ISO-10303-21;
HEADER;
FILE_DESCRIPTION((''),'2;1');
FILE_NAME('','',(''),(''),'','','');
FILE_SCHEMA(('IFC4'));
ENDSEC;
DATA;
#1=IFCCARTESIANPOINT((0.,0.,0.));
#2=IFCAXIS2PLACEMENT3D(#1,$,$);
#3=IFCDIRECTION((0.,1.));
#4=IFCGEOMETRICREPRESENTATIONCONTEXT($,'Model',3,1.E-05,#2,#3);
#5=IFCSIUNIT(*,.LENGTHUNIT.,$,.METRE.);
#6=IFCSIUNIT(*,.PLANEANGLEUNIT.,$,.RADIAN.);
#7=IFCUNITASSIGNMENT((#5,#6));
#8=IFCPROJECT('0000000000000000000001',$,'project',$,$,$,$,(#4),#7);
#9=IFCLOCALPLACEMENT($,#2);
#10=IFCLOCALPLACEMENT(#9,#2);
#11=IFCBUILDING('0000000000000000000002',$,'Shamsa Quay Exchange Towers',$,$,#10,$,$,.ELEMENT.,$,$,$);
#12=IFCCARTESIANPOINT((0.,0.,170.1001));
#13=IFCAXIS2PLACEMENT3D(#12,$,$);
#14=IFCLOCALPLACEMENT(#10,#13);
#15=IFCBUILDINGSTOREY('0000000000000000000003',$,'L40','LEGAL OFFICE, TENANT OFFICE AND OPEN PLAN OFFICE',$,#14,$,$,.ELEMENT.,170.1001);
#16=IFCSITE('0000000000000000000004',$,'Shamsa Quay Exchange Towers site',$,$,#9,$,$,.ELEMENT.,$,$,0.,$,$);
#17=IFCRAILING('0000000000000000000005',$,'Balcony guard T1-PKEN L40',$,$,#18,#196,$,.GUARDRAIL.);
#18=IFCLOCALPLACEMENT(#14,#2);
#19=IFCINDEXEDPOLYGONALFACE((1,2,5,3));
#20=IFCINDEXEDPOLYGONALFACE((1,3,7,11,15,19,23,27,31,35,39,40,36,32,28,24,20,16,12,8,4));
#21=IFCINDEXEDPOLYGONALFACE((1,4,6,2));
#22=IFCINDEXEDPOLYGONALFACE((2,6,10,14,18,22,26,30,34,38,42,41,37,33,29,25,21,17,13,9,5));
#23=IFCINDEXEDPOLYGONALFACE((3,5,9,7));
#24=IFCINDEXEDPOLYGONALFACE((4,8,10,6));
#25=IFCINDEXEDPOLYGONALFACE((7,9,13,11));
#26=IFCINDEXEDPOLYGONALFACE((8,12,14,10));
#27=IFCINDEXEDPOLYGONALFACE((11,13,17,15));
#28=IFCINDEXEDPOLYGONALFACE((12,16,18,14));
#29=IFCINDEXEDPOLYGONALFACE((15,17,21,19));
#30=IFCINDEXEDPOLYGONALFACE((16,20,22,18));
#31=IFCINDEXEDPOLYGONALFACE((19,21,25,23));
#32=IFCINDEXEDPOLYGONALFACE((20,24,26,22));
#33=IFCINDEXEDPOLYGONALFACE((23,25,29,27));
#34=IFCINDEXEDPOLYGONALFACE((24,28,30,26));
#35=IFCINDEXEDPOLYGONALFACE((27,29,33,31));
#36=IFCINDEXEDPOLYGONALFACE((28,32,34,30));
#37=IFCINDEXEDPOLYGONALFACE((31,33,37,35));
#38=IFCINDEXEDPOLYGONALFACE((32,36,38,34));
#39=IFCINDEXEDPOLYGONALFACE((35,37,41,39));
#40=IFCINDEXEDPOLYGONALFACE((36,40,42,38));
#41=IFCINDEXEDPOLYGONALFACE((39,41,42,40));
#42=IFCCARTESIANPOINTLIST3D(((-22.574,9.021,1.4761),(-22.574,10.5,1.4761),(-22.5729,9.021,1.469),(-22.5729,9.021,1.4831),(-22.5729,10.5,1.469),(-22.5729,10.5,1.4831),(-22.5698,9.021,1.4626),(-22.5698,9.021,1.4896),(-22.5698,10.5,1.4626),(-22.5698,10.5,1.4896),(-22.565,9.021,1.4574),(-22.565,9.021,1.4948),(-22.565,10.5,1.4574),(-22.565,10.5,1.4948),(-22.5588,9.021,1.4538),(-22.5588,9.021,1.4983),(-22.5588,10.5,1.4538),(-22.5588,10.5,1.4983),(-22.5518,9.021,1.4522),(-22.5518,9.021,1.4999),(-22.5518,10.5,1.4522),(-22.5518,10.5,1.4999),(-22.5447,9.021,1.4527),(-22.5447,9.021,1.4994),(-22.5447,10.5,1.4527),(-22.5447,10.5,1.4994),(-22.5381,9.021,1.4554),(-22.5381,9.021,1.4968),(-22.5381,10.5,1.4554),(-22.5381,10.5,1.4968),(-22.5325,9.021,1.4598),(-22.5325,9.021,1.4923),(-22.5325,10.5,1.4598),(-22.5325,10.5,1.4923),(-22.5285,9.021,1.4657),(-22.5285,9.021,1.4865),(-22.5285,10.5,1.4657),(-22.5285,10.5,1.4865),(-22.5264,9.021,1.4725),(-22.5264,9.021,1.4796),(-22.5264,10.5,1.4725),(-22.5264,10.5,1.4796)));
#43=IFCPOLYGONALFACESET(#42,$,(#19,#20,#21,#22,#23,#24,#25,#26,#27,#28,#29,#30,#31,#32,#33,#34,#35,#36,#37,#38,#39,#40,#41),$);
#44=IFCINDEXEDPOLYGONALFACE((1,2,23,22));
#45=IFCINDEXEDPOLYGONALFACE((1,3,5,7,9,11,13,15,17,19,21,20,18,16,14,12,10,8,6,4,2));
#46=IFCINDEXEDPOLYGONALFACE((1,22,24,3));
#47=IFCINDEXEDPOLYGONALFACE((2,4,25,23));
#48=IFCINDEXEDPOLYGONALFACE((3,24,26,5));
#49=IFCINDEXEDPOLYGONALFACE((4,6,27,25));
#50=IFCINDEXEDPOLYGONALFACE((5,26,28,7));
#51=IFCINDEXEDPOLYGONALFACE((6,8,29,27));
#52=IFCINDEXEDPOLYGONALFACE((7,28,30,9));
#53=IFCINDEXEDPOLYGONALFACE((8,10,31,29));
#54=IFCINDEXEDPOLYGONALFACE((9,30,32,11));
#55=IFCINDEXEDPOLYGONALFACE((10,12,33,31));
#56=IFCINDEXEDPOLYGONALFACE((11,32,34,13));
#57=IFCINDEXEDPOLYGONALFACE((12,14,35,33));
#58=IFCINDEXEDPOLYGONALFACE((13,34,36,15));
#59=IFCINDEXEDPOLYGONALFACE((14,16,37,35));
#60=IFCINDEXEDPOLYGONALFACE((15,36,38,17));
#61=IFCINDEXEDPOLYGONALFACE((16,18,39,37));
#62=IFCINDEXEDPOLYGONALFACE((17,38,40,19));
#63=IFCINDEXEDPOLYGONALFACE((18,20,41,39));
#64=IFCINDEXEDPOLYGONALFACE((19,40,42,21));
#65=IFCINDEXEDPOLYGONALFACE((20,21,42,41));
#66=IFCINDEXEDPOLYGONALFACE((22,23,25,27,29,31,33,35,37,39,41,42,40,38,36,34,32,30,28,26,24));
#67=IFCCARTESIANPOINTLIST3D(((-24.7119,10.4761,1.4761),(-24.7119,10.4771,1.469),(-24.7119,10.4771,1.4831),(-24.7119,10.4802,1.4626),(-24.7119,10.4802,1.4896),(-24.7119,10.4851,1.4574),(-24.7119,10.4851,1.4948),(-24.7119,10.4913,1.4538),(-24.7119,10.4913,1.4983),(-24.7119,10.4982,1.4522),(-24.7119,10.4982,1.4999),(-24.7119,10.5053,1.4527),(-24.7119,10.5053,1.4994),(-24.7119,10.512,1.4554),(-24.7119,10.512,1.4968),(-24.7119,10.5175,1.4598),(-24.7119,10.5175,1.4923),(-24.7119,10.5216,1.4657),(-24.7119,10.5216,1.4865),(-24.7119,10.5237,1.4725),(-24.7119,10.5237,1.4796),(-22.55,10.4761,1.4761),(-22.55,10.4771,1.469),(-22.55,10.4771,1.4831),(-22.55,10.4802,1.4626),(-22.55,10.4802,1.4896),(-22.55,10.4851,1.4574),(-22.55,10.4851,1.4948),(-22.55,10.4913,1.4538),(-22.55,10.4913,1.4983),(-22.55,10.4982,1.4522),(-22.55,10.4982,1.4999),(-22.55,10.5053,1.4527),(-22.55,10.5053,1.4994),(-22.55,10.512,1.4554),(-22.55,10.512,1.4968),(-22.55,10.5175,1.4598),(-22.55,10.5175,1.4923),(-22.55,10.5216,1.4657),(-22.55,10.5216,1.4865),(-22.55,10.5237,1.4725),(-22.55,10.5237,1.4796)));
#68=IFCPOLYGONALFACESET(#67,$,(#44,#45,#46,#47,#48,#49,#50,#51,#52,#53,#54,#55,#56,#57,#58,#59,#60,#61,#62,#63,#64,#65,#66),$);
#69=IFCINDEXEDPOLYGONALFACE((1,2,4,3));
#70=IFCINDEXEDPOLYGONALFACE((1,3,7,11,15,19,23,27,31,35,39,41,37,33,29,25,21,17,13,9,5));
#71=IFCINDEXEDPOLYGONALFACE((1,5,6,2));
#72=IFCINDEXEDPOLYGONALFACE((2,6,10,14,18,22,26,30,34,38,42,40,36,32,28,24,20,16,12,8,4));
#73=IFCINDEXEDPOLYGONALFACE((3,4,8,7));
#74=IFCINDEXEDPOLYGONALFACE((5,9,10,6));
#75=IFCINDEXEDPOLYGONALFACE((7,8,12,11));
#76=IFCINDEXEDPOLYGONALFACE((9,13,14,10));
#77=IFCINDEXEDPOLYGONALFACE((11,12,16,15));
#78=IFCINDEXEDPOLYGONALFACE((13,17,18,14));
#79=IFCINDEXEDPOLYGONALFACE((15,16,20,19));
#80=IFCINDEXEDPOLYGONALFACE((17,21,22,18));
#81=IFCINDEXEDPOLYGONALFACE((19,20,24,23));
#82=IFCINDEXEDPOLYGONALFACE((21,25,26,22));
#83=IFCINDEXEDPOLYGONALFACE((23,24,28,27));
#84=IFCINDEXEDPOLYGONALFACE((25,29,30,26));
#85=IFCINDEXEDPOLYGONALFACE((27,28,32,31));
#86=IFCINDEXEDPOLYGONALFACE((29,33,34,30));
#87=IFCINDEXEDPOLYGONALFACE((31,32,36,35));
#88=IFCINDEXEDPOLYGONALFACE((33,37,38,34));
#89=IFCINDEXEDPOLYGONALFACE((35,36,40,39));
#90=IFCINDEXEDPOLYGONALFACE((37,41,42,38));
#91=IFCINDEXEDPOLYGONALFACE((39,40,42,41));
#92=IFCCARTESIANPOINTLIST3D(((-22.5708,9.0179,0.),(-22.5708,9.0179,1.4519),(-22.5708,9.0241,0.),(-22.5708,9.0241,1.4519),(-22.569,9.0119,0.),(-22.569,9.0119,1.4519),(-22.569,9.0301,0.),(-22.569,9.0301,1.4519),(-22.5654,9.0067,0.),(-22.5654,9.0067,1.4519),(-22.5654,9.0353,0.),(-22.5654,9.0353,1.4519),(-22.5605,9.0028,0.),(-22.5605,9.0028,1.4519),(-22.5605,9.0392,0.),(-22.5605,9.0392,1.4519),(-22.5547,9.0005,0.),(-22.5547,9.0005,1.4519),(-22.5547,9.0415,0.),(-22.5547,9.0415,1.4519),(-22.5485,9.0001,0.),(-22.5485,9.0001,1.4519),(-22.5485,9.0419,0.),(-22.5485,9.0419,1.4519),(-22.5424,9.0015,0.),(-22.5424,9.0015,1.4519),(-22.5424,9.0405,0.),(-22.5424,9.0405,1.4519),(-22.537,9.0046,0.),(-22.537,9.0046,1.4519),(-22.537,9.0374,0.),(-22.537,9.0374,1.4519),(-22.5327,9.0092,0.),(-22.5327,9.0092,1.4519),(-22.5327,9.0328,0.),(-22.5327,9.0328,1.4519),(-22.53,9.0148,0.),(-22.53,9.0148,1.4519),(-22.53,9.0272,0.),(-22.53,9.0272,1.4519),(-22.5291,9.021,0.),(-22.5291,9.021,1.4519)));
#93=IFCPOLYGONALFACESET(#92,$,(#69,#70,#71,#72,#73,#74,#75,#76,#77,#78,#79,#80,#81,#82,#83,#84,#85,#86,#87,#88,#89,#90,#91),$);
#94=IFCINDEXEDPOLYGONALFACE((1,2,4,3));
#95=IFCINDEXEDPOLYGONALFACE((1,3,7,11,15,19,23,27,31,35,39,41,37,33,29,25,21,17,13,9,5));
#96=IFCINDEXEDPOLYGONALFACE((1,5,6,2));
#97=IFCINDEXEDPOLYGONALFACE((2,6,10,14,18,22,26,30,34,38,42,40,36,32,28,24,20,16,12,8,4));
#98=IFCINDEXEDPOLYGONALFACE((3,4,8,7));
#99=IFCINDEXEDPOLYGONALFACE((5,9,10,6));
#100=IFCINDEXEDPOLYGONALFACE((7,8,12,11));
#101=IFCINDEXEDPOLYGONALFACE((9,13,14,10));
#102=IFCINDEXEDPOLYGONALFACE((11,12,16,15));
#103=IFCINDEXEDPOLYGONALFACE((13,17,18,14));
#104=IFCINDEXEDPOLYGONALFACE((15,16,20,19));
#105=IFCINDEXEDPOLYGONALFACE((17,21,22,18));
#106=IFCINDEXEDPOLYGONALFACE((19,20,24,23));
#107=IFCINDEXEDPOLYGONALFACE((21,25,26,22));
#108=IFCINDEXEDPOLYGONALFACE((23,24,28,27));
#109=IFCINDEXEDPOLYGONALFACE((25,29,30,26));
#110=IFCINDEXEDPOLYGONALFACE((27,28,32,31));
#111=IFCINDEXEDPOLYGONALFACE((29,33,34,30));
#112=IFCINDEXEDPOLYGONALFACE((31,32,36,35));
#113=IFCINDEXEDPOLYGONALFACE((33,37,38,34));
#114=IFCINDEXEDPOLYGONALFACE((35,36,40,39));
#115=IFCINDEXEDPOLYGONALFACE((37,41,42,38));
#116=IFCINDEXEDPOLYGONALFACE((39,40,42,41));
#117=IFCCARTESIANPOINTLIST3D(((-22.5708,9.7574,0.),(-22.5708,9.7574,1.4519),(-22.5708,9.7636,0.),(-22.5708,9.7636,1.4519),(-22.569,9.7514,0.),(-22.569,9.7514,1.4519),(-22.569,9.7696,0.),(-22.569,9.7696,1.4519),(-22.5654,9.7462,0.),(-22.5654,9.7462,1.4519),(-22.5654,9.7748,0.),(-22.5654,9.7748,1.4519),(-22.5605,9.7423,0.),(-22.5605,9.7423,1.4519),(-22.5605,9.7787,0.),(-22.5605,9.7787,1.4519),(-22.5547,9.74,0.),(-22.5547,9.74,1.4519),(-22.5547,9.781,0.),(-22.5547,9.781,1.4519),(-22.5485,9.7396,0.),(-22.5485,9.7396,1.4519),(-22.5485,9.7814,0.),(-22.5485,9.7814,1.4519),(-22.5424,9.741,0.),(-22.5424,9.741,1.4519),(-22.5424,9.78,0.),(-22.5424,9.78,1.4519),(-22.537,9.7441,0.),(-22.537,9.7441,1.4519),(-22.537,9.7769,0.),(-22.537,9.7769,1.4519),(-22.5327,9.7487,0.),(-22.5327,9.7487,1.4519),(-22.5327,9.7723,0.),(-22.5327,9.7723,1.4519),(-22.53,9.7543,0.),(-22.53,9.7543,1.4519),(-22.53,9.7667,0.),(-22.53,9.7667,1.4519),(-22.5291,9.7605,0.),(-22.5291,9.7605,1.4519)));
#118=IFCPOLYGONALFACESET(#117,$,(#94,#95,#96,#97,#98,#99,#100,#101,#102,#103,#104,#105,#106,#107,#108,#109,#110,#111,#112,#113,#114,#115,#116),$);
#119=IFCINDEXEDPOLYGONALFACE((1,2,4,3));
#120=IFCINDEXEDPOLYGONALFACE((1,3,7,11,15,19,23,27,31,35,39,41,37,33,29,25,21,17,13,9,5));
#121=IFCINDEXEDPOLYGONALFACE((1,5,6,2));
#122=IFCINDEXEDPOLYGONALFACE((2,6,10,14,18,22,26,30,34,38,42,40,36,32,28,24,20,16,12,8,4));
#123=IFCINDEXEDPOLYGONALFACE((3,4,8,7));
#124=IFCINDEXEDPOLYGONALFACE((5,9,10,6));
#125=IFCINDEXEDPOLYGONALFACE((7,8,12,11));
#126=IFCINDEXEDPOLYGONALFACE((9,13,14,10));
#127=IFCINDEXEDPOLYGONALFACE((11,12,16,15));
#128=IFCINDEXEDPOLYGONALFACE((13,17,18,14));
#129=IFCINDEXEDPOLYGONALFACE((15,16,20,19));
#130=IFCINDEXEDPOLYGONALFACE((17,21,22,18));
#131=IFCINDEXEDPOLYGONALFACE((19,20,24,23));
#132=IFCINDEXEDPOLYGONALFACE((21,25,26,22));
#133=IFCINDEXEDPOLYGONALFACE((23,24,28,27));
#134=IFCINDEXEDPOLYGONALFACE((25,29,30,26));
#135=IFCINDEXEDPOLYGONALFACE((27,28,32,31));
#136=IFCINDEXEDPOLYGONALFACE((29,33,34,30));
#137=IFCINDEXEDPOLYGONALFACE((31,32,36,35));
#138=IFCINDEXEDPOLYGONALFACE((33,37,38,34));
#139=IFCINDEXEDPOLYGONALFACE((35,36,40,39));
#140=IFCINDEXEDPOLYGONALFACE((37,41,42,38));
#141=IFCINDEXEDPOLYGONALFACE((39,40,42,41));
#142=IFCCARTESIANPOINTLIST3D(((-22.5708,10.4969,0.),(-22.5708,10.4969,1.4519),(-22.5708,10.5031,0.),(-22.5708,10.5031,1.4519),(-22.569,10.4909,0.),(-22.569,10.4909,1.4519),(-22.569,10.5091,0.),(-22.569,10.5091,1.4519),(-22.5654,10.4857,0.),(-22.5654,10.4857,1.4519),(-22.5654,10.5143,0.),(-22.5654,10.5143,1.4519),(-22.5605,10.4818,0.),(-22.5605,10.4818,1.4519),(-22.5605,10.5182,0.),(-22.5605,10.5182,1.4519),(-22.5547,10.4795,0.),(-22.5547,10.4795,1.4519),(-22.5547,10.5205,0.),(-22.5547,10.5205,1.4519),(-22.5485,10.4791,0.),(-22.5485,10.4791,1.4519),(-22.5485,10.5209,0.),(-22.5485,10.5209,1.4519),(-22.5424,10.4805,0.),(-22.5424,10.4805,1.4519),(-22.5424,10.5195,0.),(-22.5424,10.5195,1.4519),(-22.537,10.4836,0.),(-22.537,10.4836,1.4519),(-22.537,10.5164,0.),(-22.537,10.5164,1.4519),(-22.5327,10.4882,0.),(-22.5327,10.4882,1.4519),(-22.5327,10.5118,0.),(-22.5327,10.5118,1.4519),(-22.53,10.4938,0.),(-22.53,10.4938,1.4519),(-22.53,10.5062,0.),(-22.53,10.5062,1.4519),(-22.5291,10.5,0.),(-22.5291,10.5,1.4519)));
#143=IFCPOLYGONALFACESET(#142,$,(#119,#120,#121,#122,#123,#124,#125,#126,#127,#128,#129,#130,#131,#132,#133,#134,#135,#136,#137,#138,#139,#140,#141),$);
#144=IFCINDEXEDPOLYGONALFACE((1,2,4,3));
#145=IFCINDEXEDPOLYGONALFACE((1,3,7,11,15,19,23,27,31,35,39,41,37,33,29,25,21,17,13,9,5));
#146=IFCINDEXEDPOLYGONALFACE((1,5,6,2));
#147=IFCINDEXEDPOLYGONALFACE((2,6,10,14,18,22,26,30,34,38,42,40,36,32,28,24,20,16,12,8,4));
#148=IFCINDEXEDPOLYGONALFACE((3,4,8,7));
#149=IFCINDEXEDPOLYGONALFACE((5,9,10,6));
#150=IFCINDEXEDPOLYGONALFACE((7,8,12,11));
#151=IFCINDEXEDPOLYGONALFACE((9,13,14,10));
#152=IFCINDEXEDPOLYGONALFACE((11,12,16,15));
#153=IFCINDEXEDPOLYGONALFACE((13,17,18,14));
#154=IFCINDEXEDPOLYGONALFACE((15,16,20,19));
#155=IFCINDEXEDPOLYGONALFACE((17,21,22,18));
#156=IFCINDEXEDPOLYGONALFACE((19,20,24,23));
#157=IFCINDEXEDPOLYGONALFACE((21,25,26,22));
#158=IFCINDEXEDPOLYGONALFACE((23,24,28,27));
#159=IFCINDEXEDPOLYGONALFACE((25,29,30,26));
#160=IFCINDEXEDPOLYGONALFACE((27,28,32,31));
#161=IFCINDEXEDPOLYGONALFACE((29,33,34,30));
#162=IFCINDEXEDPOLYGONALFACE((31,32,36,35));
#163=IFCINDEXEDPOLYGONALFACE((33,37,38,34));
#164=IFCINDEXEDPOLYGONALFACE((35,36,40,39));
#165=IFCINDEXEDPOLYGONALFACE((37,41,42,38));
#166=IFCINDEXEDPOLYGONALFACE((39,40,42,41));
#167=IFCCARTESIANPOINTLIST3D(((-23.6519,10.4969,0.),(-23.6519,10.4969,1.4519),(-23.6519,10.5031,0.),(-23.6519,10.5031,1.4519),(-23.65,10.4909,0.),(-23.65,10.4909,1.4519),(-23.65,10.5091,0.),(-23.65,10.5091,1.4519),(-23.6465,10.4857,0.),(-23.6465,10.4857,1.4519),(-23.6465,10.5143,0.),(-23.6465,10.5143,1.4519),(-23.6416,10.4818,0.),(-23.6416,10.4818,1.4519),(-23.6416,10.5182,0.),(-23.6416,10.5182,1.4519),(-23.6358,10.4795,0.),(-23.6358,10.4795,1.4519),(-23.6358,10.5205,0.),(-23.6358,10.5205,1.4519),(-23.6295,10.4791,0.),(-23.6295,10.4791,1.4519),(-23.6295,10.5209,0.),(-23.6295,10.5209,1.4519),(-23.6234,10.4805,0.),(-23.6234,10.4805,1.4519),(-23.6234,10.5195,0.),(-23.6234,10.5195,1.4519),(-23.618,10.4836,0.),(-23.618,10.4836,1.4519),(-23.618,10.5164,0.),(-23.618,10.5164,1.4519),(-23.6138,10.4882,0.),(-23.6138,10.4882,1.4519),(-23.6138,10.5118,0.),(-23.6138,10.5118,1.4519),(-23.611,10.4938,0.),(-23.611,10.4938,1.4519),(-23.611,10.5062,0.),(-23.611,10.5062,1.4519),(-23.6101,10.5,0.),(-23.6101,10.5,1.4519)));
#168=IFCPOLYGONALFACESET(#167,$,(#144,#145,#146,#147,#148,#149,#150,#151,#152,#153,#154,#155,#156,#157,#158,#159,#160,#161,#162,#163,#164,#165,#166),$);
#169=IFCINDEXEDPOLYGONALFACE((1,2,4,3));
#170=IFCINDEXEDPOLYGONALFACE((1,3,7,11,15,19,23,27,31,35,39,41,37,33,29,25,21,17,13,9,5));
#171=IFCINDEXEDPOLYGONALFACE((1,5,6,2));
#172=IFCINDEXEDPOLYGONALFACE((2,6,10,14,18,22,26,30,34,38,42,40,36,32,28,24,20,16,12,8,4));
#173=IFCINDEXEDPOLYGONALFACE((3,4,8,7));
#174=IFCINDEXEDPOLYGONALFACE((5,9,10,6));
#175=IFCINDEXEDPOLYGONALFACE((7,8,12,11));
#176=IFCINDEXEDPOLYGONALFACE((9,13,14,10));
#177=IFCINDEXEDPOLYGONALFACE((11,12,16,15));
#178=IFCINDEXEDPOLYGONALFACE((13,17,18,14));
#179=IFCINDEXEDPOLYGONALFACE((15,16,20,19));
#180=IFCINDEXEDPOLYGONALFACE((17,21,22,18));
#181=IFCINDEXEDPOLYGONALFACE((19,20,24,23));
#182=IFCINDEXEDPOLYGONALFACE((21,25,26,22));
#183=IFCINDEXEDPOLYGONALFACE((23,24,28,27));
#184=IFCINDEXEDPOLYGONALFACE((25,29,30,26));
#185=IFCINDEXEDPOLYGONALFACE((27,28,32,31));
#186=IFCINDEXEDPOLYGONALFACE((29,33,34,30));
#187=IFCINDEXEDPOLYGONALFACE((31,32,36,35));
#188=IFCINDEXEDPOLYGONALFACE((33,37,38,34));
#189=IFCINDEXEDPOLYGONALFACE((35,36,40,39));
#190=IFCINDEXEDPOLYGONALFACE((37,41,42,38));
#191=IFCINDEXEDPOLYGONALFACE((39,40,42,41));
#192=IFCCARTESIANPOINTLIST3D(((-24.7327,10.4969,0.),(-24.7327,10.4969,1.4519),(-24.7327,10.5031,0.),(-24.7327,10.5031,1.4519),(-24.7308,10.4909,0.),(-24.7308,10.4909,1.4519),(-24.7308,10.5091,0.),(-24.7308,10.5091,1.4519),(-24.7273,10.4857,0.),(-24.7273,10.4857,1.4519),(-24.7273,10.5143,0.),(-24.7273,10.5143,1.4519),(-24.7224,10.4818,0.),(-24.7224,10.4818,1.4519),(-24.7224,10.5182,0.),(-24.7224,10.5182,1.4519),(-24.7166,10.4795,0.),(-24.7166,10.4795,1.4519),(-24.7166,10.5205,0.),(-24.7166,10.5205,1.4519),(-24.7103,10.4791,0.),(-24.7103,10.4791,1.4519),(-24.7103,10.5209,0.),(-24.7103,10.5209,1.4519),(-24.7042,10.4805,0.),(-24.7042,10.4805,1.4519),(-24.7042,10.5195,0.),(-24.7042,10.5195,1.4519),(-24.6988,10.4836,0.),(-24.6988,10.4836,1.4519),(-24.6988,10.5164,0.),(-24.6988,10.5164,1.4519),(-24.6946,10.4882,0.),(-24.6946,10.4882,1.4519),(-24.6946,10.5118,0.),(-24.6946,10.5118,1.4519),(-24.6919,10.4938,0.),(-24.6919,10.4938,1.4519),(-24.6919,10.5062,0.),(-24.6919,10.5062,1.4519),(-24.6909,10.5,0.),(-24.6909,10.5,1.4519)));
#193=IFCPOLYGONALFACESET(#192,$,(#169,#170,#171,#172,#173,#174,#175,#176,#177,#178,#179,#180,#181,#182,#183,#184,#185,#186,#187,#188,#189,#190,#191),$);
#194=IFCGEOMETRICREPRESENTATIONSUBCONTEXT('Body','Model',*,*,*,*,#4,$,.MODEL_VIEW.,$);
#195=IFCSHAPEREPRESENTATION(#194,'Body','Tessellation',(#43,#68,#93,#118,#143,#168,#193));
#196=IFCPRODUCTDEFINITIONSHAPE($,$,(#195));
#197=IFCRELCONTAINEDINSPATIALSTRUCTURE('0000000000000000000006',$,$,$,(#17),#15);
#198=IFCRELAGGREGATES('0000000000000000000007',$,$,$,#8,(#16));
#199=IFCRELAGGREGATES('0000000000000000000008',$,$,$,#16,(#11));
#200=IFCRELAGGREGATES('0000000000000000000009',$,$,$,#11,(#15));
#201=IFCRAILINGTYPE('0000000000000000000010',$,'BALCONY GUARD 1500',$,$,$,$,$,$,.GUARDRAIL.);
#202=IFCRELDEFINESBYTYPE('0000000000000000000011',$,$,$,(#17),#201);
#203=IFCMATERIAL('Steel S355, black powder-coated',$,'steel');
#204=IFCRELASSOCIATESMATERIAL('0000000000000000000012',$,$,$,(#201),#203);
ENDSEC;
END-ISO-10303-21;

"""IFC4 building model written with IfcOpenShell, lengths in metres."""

from ifc_helpers import new_model, si_unit, direction, frame, origin, origin_2d, place, context, subcontext, project, spatial, circle, extrude, material, type_object, element, save


model = new_model("IFC4")

# Units and contexts
model_context = context("Model", 3, precision=1e-05, world=origin(), true_north=direction((0.0, 1.0)))
body_context = subcontext(model_context, "Body", "Model", "MODEL_VIEW")
ifc_project = project(units=[si_unit("LENGTHUNIT", "METRE"), si_unit("PLANEANGLEUNIT", "RADIAN")], contexts=[model_context])

# Site, building, storey
site_placement = place(None, origin())
site = spatial("IfcSite", under=ifc_project, at=site_placement, Name="Shamsa Quay Exchange Towers site", CompositionType="ELEMENT", RefElevation=0.0)
building_placement = place(site_placement, origin())
building = spatial("IfcBuilding", under=site, at=building_placement, Name="Shamsa Quay Exchange Towers", CompositionType="ELEMENT")
storey_placement = place(building_placement, frame((0.0, 0.0, 170.1001)))
storey = spatial("IfcBuildingStorey", under=building, at=storey_placement, Name="L40", Description="LEGAL OFFICE, TENANT OFFICE AND OPEN PLAN OFFICE", CompositionType="ELEMENT", Elevation=170.1001)

# Railing
ifc_material_1 = material(Name="Steel S355, black powder-coated", Category="steel")
railing_type = type_object("IfcRailingType", Name="BALCONY GUARD 1500", PredefinedType="GUARDRAIL", material=ifc_material_1)
for number, where, name in (
    (1, (-22.55, 9.021, 0.0), "Balcony guard T1-PKEN L40"),
):
    element("IfcRailing", number, at=place(storey_placement, frame(where)), inside=storey, type_object=railing_type, Name=name, PredefinedType="GUARDRAIL", context=body_context, shape_type="SweptSolid", body=[
        extrude(circle(Radius=0.0239, at=origin_2d()), frame((0.0, 0.0, 1.4761), z_axis=(0.0, 1.0, 0.0), x_axis=(-1.0, 0.0, 0.0)), (0.0, 0.0, 1.0), 1.479),
        extrude(circle(Radius=0.0239, at=origin_2d()), frame((0.0, 1.479, 1.4761), z_axis=(-1.0, 0.0, 0.0), x_axis=(0.0, -1.0, 0.0)), (0.0, 0.0, 1.0), 2.1619),
        extrude(circle(Radius=0.021, at=origin_2d()), origin(), (0.0, 0.0, 1.0), 1.4519),
        extrude(circle(Radius=0.021, at=origin_2d()), frame((0.0, 0.7395, 0.0)), (0.0, 0.0, 1.0), 1.4519),
        extrude(circle(Radius=0.021, at=origin_2d()), frame((0.0, 1.479, 0.0)), (0.0, 0.0, 1.0), 1.4519),
        extrude(circle(Radius=0.021, at=origin_2d()), frame((-1.0811, 1.479, 0.0)), (0.0, 0.0, 1.0), 1.4519),
        extrude(circle(Radius=0.021, at=origin_2d()), frame((-2.1619, 1.479, 0.0)), (0.0, 0.0, 1.0), 1.4519),
    ])

save(model, "model.ifc")
